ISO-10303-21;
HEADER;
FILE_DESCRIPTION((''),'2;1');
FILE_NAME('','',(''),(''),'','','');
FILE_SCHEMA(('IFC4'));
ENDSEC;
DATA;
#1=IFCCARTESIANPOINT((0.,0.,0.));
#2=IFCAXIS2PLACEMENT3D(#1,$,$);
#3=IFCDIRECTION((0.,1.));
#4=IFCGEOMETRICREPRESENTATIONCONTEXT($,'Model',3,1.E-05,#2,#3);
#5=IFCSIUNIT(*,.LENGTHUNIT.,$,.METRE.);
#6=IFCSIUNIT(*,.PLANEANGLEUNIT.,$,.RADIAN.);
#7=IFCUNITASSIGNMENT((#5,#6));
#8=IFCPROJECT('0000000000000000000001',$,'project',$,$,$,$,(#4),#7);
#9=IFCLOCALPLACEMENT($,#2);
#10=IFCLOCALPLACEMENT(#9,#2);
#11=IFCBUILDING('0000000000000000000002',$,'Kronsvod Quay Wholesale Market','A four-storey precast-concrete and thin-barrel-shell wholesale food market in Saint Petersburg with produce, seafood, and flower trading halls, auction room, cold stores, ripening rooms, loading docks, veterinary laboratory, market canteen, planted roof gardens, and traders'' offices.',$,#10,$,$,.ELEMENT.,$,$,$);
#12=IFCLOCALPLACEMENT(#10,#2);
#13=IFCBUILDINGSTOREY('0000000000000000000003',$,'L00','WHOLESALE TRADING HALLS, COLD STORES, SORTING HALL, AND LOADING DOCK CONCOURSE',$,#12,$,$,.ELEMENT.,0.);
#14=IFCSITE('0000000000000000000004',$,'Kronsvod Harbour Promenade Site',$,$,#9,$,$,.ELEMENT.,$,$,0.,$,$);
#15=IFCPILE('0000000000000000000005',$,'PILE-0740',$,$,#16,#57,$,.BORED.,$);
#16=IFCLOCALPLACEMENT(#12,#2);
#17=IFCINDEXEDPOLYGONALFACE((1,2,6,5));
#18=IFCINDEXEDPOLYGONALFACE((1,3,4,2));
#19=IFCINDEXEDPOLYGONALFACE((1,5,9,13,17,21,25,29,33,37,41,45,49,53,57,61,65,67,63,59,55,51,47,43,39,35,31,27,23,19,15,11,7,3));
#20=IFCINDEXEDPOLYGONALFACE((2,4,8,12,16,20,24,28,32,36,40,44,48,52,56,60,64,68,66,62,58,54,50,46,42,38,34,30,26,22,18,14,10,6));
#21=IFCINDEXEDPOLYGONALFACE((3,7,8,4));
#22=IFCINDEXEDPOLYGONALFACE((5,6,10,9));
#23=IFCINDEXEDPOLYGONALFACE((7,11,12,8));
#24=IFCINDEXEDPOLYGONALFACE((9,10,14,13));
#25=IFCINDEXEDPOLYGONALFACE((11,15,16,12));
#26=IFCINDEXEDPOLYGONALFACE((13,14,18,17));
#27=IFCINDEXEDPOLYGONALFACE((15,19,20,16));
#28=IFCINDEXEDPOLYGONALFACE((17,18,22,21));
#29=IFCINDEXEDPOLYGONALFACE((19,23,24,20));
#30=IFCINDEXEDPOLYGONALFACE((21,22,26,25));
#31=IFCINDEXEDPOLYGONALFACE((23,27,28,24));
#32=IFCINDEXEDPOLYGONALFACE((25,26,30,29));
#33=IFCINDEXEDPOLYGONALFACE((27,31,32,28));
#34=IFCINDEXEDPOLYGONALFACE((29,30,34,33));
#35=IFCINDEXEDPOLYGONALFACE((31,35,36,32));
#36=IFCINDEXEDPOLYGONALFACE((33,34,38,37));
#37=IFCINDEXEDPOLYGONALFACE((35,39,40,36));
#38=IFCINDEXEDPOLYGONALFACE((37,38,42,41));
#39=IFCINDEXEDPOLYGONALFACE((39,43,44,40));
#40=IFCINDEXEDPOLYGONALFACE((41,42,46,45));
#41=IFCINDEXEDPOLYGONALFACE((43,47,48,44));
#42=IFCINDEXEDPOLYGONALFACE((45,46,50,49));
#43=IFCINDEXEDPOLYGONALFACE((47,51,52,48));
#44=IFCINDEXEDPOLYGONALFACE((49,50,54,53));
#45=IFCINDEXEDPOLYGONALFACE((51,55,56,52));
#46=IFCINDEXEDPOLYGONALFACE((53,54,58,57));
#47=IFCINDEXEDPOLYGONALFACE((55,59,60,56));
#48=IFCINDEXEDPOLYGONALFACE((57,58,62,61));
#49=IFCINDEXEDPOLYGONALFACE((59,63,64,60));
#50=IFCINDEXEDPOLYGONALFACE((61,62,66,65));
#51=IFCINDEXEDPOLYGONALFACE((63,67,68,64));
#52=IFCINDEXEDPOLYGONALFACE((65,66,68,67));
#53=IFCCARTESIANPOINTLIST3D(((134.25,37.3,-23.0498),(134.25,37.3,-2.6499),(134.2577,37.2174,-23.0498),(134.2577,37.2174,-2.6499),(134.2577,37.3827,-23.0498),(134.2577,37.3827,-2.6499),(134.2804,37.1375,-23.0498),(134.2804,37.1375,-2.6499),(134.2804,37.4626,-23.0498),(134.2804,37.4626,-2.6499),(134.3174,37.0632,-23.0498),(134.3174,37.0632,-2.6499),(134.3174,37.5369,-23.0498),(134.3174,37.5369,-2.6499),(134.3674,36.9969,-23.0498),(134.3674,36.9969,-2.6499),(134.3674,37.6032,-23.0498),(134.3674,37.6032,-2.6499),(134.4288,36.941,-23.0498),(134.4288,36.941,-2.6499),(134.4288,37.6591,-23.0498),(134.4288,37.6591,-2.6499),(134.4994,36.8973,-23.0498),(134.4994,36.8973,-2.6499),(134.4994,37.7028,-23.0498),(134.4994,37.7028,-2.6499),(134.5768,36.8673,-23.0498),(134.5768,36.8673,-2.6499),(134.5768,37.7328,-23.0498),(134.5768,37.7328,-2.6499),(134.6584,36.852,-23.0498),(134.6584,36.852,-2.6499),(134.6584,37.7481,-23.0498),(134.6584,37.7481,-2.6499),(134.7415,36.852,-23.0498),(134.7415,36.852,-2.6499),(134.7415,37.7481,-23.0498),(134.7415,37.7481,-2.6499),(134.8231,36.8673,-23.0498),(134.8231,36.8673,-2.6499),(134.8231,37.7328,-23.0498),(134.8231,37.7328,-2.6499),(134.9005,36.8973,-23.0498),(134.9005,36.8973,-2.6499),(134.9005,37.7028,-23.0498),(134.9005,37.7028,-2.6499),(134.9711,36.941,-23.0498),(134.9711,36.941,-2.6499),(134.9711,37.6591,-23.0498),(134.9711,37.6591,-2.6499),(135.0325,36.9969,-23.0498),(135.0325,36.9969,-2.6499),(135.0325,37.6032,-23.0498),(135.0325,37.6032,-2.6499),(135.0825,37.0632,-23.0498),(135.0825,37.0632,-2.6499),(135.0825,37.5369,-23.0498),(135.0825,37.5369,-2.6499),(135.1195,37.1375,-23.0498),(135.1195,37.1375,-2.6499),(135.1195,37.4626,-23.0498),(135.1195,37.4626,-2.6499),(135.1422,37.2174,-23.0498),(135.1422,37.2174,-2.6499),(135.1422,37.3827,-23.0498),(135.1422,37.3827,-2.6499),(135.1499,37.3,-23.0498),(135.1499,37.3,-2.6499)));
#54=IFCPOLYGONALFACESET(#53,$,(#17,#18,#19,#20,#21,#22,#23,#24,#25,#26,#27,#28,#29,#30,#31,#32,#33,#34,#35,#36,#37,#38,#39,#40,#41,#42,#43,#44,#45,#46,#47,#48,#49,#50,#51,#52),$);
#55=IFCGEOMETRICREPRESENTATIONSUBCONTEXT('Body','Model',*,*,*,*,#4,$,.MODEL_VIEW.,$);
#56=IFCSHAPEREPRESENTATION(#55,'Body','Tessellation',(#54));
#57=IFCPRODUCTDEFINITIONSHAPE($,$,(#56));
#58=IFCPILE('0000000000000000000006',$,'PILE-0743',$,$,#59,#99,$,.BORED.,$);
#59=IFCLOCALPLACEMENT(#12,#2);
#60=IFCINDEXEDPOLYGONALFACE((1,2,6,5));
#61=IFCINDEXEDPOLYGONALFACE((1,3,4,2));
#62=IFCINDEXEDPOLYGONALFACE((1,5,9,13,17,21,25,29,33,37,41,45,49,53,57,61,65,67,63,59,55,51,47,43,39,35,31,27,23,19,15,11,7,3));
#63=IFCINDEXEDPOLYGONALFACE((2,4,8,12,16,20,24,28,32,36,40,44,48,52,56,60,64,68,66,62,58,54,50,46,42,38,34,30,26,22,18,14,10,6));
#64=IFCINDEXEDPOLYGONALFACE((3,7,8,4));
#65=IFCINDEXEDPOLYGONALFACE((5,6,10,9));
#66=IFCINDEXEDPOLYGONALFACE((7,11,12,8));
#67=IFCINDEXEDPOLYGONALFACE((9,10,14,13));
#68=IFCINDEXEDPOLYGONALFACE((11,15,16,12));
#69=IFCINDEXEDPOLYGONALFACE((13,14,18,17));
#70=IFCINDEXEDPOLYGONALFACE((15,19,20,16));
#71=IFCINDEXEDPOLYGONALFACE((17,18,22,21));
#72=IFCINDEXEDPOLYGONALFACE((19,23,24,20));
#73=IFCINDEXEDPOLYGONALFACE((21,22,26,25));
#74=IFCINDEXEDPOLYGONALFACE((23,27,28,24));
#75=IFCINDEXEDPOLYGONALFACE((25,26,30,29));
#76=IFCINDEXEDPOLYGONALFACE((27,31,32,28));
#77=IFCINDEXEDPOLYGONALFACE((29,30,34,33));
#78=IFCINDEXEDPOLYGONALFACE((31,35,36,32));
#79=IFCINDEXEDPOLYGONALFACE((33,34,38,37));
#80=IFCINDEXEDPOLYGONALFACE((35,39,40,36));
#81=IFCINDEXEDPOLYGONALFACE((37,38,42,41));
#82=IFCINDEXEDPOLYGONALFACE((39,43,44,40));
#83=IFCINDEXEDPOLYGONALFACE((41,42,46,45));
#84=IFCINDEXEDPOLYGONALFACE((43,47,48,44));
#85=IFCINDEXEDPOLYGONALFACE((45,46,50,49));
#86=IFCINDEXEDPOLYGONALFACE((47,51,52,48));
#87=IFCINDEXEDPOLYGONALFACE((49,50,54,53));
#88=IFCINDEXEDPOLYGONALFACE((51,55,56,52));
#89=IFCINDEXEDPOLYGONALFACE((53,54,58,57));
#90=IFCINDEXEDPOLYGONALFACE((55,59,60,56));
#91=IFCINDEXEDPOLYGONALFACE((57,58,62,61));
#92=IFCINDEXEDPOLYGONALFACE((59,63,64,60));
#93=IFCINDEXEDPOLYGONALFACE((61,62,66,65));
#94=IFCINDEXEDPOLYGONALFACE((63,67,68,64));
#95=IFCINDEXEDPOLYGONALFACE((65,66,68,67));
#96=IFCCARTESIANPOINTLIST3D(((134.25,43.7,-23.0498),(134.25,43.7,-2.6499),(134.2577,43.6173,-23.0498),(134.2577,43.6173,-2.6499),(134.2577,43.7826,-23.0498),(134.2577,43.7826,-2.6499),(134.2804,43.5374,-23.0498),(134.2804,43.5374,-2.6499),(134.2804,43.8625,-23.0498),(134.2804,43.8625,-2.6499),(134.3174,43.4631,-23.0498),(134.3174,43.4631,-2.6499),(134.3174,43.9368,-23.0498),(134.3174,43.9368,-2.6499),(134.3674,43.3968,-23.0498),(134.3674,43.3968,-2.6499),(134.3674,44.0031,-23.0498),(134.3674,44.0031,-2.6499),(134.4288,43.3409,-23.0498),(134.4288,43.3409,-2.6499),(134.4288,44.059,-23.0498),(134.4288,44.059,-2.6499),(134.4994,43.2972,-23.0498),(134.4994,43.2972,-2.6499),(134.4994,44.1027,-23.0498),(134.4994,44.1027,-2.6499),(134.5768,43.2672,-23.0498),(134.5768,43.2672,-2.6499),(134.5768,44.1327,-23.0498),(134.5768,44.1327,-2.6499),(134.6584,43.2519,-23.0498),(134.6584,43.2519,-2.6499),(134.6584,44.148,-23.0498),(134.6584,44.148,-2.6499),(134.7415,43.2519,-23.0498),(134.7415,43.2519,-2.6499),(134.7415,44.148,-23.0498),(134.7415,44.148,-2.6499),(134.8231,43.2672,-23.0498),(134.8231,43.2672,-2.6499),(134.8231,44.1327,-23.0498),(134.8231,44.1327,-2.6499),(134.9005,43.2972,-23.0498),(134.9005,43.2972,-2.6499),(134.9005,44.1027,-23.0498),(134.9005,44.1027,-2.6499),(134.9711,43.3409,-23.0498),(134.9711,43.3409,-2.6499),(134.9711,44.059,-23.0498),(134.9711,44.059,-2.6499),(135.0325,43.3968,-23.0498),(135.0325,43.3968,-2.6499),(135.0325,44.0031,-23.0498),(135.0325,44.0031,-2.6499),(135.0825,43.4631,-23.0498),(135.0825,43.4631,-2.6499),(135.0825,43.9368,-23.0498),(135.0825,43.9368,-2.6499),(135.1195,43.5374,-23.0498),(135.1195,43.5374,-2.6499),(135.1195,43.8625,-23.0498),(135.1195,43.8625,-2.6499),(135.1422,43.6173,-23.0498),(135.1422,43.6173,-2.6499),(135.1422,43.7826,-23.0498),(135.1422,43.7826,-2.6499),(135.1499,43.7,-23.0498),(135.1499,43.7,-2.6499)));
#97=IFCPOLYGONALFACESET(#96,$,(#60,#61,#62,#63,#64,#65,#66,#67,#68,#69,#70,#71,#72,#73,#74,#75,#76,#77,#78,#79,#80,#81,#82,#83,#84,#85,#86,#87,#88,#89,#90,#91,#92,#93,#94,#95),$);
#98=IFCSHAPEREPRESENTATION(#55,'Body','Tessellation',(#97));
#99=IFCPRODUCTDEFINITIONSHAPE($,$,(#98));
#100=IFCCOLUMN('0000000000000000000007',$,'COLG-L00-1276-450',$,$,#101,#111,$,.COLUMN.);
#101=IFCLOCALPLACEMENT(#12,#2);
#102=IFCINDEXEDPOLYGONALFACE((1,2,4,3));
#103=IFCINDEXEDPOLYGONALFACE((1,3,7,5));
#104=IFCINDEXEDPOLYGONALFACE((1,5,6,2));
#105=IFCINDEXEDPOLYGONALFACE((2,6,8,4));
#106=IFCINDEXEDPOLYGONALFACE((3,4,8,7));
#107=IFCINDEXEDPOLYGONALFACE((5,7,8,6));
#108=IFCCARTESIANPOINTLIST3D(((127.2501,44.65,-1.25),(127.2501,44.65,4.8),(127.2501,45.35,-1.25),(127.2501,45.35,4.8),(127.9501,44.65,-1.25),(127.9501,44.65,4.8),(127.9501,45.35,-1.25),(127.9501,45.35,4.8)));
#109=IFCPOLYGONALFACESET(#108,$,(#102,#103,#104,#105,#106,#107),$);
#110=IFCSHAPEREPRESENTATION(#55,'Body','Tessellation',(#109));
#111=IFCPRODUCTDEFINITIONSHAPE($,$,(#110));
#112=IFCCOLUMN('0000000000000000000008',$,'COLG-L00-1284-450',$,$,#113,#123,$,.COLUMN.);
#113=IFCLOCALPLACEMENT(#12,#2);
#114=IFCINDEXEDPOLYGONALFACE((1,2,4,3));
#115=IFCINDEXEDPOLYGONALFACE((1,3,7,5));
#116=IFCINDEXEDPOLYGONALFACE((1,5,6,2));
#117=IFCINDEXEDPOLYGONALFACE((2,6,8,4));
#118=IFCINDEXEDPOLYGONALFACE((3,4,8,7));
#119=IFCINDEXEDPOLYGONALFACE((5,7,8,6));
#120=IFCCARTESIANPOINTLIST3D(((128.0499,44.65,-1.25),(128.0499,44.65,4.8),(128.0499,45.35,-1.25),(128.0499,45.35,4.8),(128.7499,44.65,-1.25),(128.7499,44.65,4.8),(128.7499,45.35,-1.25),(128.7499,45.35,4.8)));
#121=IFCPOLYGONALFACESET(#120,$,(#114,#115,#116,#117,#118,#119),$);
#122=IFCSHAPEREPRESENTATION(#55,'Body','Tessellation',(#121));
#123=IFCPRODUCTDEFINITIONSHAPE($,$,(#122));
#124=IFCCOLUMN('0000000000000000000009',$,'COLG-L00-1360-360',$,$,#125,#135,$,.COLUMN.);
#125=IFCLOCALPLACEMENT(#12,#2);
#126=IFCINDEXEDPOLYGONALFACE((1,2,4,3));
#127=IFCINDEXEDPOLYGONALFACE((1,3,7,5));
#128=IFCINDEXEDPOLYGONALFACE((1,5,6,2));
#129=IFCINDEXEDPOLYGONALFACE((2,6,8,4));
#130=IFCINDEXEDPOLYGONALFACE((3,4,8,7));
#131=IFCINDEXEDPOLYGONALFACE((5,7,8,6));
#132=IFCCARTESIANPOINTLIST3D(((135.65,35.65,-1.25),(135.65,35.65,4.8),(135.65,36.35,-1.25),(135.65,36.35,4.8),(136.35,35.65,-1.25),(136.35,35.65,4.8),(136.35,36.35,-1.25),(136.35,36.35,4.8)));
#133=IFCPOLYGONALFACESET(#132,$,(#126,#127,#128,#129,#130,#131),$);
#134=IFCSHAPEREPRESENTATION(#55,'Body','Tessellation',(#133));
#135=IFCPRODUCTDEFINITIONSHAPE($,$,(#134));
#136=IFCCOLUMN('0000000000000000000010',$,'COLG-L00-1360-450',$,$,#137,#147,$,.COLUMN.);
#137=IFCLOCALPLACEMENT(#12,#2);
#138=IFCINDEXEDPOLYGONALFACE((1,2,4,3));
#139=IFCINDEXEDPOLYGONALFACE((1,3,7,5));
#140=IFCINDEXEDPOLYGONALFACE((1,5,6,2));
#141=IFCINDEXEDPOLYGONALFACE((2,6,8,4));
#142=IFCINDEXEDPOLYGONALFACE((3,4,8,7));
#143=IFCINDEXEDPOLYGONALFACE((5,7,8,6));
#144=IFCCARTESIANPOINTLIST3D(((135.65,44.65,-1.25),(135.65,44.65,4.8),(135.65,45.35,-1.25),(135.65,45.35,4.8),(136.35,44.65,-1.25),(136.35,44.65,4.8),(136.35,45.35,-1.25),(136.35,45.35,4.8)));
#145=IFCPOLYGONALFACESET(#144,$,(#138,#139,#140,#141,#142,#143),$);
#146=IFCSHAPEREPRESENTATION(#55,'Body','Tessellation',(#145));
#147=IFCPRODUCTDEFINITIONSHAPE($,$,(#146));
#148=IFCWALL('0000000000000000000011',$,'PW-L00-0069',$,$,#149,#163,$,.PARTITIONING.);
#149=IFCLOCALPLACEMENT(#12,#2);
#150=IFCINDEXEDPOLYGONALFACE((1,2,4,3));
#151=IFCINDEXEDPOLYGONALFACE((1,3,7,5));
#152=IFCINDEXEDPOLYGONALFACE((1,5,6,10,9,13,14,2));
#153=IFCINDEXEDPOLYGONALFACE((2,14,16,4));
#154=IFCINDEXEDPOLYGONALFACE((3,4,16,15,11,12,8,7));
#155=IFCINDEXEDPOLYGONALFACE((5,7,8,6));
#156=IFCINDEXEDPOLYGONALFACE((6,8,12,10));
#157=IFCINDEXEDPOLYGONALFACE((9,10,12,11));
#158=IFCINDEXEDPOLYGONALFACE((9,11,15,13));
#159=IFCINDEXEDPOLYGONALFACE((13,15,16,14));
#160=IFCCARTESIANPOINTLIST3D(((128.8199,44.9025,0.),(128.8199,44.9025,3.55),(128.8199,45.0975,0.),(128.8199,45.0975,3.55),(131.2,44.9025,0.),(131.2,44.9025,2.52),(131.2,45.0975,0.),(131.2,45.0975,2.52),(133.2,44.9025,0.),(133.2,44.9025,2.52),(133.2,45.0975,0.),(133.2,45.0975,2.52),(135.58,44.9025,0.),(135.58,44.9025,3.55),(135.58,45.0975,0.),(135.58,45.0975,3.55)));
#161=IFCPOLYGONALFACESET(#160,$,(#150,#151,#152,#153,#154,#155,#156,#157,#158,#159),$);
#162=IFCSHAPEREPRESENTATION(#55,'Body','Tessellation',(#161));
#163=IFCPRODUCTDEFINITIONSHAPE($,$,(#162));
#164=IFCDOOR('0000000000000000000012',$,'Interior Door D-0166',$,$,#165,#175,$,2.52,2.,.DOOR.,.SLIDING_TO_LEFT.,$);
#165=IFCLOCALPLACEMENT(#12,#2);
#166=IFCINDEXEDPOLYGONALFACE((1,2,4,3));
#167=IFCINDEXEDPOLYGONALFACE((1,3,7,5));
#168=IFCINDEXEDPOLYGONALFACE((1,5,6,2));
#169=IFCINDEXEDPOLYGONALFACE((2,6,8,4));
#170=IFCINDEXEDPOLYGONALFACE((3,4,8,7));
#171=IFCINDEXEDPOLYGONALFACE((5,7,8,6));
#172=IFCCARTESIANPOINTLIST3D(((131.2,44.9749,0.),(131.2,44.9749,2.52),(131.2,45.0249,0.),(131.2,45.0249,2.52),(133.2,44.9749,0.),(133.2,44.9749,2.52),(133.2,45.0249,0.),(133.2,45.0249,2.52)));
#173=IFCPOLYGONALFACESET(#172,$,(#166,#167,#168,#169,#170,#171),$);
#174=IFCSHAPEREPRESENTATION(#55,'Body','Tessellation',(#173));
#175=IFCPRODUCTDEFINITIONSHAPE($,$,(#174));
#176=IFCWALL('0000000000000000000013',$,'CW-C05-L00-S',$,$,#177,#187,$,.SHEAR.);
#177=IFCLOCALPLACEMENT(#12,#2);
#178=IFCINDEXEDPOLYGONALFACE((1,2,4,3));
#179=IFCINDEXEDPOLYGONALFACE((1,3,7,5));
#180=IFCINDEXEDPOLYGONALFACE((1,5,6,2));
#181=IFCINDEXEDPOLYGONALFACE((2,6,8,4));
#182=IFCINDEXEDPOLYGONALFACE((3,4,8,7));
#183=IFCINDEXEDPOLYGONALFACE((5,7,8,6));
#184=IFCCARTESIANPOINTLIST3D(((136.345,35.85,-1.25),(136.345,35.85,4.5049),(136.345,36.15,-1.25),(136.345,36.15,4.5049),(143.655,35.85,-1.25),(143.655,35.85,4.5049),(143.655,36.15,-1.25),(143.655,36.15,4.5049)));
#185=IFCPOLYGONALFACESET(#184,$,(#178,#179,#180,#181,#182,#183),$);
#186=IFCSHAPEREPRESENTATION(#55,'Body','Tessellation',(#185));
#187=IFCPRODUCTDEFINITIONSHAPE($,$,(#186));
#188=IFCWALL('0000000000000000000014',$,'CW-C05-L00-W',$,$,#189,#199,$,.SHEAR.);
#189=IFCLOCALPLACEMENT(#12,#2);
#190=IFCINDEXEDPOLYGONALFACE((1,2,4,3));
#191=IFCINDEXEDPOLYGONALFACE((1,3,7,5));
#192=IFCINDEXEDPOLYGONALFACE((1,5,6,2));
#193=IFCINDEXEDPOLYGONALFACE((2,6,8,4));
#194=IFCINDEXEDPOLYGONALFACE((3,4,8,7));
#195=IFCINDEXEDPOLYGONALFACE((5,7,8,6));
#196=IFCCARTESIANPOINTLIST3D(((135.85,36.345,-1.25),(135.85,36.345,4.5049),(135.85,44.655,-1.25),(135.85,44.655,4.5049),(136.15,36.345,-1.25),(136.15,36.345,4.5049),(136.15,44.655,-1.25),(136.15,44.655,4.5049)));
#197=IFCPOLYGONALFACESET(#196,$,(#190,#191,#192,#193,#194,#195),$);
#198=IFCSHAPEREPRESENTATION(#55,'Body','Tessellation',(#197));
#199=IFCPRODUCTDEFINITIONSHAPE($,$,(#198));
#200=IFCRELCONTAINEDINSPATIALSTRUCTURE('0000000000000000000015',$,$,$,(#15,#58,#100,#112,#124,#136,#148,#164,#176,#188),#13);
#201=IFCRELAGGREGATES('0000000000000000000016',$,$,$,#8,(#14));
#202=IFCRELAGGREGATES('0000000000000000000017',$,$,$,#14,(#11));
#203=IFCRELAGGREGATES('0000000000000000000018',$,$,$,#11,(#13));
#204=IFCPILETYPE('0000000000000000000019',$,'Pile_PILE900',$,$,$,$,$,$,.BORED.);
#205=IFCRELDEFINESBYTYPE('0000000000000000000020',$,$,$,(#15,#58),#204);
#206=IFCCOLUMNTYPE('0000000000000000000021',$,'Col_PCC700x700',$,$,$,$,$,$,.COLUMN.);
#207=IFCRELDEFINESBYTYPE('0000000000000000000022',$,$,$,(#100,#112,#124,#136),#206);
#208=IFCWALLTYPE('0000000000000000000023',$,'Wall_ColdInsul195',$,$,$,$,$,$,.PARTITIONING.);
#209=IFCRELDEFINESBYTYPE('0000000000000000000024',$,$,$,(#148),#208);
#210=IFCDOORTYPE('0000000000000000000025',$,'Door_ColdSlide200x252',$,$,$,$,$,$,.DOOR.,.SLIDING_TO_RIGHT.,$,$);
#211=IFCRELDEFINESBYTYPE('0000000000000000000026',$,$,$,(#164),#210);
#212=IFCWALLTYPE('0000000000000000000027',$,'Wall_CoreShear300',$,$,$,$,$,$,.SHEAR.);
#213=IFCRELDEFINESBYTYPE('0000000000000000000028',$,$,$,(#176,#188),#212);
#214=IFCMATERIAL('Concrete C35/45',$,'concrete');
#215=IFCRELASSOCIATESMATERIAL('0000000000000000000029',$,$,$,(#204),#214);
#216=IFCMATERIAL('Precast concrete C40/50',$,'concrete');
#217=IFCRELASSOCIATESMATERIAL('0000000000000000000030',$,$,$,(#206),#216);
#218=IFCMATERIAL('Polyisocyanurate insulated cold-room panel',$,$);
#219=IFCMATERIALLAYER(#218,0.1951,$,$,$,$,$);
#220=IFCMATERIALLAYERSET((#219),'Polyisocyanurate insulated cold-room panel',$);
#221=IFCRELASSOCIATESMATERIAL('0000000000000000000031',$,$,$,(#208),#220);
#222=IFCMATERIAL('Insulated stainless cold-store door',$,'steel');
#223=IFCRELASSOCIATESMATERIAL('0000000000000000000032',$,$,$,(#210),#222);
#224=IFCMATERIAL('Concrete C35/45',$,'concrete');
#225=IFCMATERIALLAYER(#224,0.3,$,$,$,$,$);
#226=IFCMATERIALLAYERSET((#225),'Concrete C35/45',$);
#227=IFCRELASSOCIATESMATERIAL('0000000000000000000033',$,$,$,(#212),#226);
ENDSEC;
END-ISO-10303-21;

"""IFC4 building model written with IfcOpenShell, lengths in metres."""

from ifc_helpers import new_model, si_unit, direction, frame, frame_2d, origin, origin_2d, place, context, subcontext, project, spatial, rectangle, circle, extrude, material, layer, layer_set, material_profile, profile_set, type_object, element, fill, save


model = new_model("IFC4")

# Units and contexts
model_context = context("Model", 3, precision=1e-05, world=origin(), true_north=direction((0.0, 1.0)))
body_context = subcontext(model_context, "Body", "Model", "MODEL_VIEW")
ifc_project = project(units=[si_unit("LENGTHUNIT", "METRE"), si_unit("PLANEANGLEUNIT", "RADIAN")], contexts=[model_context])

# Site, building, storey
site_placement = place(None, origin())
site = spatial("IfcSite", under=ifc_project, at=site_placement, Name="Kronsvod Harbour Promenade Site", CompositionType="ELEMENT", RefElevation=0.0)
building_placement = place(site_placement, origin())
building = spatial("IfcBuilding", under=site, at=building_placement, Name="Kronsvod Quay Wholesale Market", Description="A four-storey precast-concrete and thin-barrel-shell wholesale food market in Saint Petersburg with produce, seafood, and flower trading halls, auction room, cold stores, ripening rooms, loading docks, veterinary laboratory, market canteen, planted roof gardens, and traders' offices.", CompositionType="ELEMENT")
storey_placement = place(building_placement, origin())
storey = spatial("IfcBuildingStorey", under=building, at=storey_placement, Name="L00", Description="WHOLESALE TRADING HALLS, COLD STORES, SORTING HALL, AND LOADING DOCK CONCOURSE", CompositionType="ELEMENT", Elevation=0.0)

# Piles
ifc_material_1 = material(Name="Concrete C35/45", Category="concrete")
ifc_material_profile_1 = material_profile(ifc_material_1, circle(Radius=0.45, at=origin_2d()), Name="PILE900")
ifc_profile_set_1 = profile_set([ifc_material_profile_1], Name="Concrete C35/45")
pile_type = type_object("IfcPileType", Name="Pile_PILE900", PredefinedType="BORED", material=ifc_profile_set_1)
for number, where, z_axis, x_axis, name in (
    (1, (134.7, 37.3, -2.6499), (0.0, 0.0, -1.0), (1.0, 0.0, 0.0), "PILE-0740"),
    (2, (134.7, 43.7, -2.6499), (0.0, 0.0, -1.0), (1.0, 0.0, 0.0), "PILE-0743"),
):
    element("IfcPile", number, at=place(storey_placement, frame(where, z_axis=z_axis, x_axis=x_axis)), inside=storey, type_object=pile_type, Name=name, PredefinedType="BORED", context=body_context, shape_type="SweptSolid", body=[
        extrude(circle(Radius=0.45, at=origin_2d()), origin(), (0.0, 0.0, 1.0), 20.3999),
    ])

# Columns
ifc_material_2 = material(Name="Precast concrete C40/50", Category="concrete")
ifc_material_profile_2 = material_profile(ifc_material_2, rectangle(XDim=0.7, YDim=0.7, at=origin_2d()), Name="PCC700x700")
ifc_profile_set_2 = profile_set([ifc_material_profile_2], Name="Precast concrete C40/50")
column_type = type_object("IfcColumnType", Name="Col_PCC700x700", PredefinedType="COLUMN", material=ifc_profile_set_2)
for number, where, z_axis, x_axis, name in (
    (3, (127.6001, 45.0, -1.25), (0.0, 0.0, 1.0), (1.0, 0.0, 0.0), "COLG-L00-1276-450"),
    (4, (128.3999, 45.0, -1.25), (0.0, 0.0, 1.0), (1.0, 0.0, 0.0), "COLG-L00-1284-450"),
    (5, (136.0, 36.0, -1.25), (0.0, 0.0, 1.0), (1.0, 0.0, 0.0), "COLG-L00-1360-360"),
    (6, (136.0, 45.0, -1.25), (0.0, 0.0, 1.0), (1.0, 0.0, 0.0), "COLG-L00-1360-450"),
):
    element("IfcColumn", number, at=place(storey_placement, frame(where, z_axis=z_axis, x_axis=x_axis)), inside=storey, type_object=column_type, Name=name, PredefinedType="COLUMN", context=body_context, shape_type="SweptSolid", body=[
        extrude(rectangle(XDim=0.7, YDim=0.7, at=origin_2d()), origin(), (0.0, 0.0, 1.0), 6.05),
    ])

# Wall, opening, door
ifc_material_3 = material(Name="Polyisocyanurate insulated cold-room panel")
ifc_layer_1 = layer(ifc_material_3, 0.1951)
ifc_layer_set_1 = layer_set([ifc_layer_1], Name="Polyisocyanurate insulated cold-room panel")
wall_type_1 = type_object("IfcWallType", Name="Wall_ColdInsul195", PredefinedType="PARTITIONING", material=ifc_layer_set_1)
wall_1_placement = place(storey_placement, frame((128.8201, 45.0, 0.0), z_axis=(0.0, 0.0, 1.0), x_axis=(1.0, 0.0, 0.0)))
wall_1 = element("IfcWall", 7, at=wall_1_placement, inside=storey, type_object=wall_type_1, Name="PW-L00-0069", PredefinedType="PARTITIONING", context=body_context, shape_type="SweptSolid", body=[
    extrude(rectangle(XDim=6.76, YDim=0.1951, at=frame_2d((3.3799, 0.0))), origin(), (0.0, 0.0, 1.0), 3.55),
])
opening_1_placement = place(wall_1_placement, frame((2.3799, 0.0, 0.0)))
opening_1 = element("IfcOpeningElement", 8, at=opening_1_placement, cuts=wall_1, PredefinedType="OPENING", context=body_context, shape_type="SweptSolid", body=[
    extrude(rectangle(XDim=2.0, YDim=2.52, at=frame_2d((1.0, 1.26))), frame((0.0, 0.1074, 0.0), z_axis=(0.0, -1.0, 0.0), x_axis=(1.0, 0.0, 0.0)), (0.0, 0.0, 1.0), 0.2151),
])
ifc_material_4 = material(Name="Insulated stainless cold-store door", Category="steel")
door_type_1 = type_object("IfcDoorType", Name="Door_ColdSlide200x252", OperationType="SLIDING_TO_RIGHT", PredefinedType="DOOR", material=ifc_material_4)
door_1_placement = place(opening_1_placement, origin())
door_1 = element("IfcDoor", 9, at=door_1_placement, inside=storey, type_object=door_type_1, Name="Interior Door D-0166", OperationType="SLIDING_TO_LEFT", OverallHeight=2.52, OverallWidth=2.0, PredefinedType="DOOR", context=body_context, shape_type="SweptSolid", body=[
    extrude(rectangle(XDim=2.0, YDim=2.52, at=frame_2d((1.0, 1.26))), frame((0.0, 0.0249, 0.0), z_axis=(0.0, -1.0, 0.0), x_axis=(1.0, 0.0, 0.0)), (0.0, 0.0, 1.0), 0.05),
])
fill(opening_1, door_1)

# Walls
ifc_material_5 = material(Name="Concrete C35/45", Category="concrete")
ifc_layer_2 = layer(ifc_material_5, 0.3)
ifc_layer_set_2 = layer_set([ifc_layer_2], Name="Concrete C35/45")
wall_type_2 = type_object("IfcWallType", Name="Wall_CoreShear300", PredefinedType="SHEAR", material=ifc_layer_set_2)
wall_2_placement = place(storey_placement, frame((136.345, 36.0, -1.25), z_axis=(0.0, 0.0, 1.0), x_axis=(1.0, 0.0, 0.0)))
element("IfcWall", 10, at=wall_2_placement, inside=storey, type_object=wall_type_2, Name="CW-C05-L00-S", PredefinedType="SHEAR", context=body_context, shape_type="SweptSolid", body=[
    extrude(rectangle(XDim=7.3101, YDim=0.3, at=frame_2d((3.655, 0.0))), origin(), (0.0, 0.0, 1.0), 5.7549),
])
wall_3_placement = place(storey_placement, frame((136.0, 36.345, -1.25), z_axis=(0.0, 0.0, 1.0), x_axis=(0.0, 1.0, 0.0)))
element("IfcWall", 11, at=wall_3_placement, inside=storey, type_object=wall_type_2, Name="CW-C05-L00-W", PredefinedType="SHEAR", context=body_context, shape_type="SweptSolid", body=[
    extrude(rectangle(XDim=8.3101, YDim=0.3, at=frame_2d((4.155, 0.0))), origin(), (0.0, 0.0, 1.0), 5.7549),
])

save(model, "model.ifc")
